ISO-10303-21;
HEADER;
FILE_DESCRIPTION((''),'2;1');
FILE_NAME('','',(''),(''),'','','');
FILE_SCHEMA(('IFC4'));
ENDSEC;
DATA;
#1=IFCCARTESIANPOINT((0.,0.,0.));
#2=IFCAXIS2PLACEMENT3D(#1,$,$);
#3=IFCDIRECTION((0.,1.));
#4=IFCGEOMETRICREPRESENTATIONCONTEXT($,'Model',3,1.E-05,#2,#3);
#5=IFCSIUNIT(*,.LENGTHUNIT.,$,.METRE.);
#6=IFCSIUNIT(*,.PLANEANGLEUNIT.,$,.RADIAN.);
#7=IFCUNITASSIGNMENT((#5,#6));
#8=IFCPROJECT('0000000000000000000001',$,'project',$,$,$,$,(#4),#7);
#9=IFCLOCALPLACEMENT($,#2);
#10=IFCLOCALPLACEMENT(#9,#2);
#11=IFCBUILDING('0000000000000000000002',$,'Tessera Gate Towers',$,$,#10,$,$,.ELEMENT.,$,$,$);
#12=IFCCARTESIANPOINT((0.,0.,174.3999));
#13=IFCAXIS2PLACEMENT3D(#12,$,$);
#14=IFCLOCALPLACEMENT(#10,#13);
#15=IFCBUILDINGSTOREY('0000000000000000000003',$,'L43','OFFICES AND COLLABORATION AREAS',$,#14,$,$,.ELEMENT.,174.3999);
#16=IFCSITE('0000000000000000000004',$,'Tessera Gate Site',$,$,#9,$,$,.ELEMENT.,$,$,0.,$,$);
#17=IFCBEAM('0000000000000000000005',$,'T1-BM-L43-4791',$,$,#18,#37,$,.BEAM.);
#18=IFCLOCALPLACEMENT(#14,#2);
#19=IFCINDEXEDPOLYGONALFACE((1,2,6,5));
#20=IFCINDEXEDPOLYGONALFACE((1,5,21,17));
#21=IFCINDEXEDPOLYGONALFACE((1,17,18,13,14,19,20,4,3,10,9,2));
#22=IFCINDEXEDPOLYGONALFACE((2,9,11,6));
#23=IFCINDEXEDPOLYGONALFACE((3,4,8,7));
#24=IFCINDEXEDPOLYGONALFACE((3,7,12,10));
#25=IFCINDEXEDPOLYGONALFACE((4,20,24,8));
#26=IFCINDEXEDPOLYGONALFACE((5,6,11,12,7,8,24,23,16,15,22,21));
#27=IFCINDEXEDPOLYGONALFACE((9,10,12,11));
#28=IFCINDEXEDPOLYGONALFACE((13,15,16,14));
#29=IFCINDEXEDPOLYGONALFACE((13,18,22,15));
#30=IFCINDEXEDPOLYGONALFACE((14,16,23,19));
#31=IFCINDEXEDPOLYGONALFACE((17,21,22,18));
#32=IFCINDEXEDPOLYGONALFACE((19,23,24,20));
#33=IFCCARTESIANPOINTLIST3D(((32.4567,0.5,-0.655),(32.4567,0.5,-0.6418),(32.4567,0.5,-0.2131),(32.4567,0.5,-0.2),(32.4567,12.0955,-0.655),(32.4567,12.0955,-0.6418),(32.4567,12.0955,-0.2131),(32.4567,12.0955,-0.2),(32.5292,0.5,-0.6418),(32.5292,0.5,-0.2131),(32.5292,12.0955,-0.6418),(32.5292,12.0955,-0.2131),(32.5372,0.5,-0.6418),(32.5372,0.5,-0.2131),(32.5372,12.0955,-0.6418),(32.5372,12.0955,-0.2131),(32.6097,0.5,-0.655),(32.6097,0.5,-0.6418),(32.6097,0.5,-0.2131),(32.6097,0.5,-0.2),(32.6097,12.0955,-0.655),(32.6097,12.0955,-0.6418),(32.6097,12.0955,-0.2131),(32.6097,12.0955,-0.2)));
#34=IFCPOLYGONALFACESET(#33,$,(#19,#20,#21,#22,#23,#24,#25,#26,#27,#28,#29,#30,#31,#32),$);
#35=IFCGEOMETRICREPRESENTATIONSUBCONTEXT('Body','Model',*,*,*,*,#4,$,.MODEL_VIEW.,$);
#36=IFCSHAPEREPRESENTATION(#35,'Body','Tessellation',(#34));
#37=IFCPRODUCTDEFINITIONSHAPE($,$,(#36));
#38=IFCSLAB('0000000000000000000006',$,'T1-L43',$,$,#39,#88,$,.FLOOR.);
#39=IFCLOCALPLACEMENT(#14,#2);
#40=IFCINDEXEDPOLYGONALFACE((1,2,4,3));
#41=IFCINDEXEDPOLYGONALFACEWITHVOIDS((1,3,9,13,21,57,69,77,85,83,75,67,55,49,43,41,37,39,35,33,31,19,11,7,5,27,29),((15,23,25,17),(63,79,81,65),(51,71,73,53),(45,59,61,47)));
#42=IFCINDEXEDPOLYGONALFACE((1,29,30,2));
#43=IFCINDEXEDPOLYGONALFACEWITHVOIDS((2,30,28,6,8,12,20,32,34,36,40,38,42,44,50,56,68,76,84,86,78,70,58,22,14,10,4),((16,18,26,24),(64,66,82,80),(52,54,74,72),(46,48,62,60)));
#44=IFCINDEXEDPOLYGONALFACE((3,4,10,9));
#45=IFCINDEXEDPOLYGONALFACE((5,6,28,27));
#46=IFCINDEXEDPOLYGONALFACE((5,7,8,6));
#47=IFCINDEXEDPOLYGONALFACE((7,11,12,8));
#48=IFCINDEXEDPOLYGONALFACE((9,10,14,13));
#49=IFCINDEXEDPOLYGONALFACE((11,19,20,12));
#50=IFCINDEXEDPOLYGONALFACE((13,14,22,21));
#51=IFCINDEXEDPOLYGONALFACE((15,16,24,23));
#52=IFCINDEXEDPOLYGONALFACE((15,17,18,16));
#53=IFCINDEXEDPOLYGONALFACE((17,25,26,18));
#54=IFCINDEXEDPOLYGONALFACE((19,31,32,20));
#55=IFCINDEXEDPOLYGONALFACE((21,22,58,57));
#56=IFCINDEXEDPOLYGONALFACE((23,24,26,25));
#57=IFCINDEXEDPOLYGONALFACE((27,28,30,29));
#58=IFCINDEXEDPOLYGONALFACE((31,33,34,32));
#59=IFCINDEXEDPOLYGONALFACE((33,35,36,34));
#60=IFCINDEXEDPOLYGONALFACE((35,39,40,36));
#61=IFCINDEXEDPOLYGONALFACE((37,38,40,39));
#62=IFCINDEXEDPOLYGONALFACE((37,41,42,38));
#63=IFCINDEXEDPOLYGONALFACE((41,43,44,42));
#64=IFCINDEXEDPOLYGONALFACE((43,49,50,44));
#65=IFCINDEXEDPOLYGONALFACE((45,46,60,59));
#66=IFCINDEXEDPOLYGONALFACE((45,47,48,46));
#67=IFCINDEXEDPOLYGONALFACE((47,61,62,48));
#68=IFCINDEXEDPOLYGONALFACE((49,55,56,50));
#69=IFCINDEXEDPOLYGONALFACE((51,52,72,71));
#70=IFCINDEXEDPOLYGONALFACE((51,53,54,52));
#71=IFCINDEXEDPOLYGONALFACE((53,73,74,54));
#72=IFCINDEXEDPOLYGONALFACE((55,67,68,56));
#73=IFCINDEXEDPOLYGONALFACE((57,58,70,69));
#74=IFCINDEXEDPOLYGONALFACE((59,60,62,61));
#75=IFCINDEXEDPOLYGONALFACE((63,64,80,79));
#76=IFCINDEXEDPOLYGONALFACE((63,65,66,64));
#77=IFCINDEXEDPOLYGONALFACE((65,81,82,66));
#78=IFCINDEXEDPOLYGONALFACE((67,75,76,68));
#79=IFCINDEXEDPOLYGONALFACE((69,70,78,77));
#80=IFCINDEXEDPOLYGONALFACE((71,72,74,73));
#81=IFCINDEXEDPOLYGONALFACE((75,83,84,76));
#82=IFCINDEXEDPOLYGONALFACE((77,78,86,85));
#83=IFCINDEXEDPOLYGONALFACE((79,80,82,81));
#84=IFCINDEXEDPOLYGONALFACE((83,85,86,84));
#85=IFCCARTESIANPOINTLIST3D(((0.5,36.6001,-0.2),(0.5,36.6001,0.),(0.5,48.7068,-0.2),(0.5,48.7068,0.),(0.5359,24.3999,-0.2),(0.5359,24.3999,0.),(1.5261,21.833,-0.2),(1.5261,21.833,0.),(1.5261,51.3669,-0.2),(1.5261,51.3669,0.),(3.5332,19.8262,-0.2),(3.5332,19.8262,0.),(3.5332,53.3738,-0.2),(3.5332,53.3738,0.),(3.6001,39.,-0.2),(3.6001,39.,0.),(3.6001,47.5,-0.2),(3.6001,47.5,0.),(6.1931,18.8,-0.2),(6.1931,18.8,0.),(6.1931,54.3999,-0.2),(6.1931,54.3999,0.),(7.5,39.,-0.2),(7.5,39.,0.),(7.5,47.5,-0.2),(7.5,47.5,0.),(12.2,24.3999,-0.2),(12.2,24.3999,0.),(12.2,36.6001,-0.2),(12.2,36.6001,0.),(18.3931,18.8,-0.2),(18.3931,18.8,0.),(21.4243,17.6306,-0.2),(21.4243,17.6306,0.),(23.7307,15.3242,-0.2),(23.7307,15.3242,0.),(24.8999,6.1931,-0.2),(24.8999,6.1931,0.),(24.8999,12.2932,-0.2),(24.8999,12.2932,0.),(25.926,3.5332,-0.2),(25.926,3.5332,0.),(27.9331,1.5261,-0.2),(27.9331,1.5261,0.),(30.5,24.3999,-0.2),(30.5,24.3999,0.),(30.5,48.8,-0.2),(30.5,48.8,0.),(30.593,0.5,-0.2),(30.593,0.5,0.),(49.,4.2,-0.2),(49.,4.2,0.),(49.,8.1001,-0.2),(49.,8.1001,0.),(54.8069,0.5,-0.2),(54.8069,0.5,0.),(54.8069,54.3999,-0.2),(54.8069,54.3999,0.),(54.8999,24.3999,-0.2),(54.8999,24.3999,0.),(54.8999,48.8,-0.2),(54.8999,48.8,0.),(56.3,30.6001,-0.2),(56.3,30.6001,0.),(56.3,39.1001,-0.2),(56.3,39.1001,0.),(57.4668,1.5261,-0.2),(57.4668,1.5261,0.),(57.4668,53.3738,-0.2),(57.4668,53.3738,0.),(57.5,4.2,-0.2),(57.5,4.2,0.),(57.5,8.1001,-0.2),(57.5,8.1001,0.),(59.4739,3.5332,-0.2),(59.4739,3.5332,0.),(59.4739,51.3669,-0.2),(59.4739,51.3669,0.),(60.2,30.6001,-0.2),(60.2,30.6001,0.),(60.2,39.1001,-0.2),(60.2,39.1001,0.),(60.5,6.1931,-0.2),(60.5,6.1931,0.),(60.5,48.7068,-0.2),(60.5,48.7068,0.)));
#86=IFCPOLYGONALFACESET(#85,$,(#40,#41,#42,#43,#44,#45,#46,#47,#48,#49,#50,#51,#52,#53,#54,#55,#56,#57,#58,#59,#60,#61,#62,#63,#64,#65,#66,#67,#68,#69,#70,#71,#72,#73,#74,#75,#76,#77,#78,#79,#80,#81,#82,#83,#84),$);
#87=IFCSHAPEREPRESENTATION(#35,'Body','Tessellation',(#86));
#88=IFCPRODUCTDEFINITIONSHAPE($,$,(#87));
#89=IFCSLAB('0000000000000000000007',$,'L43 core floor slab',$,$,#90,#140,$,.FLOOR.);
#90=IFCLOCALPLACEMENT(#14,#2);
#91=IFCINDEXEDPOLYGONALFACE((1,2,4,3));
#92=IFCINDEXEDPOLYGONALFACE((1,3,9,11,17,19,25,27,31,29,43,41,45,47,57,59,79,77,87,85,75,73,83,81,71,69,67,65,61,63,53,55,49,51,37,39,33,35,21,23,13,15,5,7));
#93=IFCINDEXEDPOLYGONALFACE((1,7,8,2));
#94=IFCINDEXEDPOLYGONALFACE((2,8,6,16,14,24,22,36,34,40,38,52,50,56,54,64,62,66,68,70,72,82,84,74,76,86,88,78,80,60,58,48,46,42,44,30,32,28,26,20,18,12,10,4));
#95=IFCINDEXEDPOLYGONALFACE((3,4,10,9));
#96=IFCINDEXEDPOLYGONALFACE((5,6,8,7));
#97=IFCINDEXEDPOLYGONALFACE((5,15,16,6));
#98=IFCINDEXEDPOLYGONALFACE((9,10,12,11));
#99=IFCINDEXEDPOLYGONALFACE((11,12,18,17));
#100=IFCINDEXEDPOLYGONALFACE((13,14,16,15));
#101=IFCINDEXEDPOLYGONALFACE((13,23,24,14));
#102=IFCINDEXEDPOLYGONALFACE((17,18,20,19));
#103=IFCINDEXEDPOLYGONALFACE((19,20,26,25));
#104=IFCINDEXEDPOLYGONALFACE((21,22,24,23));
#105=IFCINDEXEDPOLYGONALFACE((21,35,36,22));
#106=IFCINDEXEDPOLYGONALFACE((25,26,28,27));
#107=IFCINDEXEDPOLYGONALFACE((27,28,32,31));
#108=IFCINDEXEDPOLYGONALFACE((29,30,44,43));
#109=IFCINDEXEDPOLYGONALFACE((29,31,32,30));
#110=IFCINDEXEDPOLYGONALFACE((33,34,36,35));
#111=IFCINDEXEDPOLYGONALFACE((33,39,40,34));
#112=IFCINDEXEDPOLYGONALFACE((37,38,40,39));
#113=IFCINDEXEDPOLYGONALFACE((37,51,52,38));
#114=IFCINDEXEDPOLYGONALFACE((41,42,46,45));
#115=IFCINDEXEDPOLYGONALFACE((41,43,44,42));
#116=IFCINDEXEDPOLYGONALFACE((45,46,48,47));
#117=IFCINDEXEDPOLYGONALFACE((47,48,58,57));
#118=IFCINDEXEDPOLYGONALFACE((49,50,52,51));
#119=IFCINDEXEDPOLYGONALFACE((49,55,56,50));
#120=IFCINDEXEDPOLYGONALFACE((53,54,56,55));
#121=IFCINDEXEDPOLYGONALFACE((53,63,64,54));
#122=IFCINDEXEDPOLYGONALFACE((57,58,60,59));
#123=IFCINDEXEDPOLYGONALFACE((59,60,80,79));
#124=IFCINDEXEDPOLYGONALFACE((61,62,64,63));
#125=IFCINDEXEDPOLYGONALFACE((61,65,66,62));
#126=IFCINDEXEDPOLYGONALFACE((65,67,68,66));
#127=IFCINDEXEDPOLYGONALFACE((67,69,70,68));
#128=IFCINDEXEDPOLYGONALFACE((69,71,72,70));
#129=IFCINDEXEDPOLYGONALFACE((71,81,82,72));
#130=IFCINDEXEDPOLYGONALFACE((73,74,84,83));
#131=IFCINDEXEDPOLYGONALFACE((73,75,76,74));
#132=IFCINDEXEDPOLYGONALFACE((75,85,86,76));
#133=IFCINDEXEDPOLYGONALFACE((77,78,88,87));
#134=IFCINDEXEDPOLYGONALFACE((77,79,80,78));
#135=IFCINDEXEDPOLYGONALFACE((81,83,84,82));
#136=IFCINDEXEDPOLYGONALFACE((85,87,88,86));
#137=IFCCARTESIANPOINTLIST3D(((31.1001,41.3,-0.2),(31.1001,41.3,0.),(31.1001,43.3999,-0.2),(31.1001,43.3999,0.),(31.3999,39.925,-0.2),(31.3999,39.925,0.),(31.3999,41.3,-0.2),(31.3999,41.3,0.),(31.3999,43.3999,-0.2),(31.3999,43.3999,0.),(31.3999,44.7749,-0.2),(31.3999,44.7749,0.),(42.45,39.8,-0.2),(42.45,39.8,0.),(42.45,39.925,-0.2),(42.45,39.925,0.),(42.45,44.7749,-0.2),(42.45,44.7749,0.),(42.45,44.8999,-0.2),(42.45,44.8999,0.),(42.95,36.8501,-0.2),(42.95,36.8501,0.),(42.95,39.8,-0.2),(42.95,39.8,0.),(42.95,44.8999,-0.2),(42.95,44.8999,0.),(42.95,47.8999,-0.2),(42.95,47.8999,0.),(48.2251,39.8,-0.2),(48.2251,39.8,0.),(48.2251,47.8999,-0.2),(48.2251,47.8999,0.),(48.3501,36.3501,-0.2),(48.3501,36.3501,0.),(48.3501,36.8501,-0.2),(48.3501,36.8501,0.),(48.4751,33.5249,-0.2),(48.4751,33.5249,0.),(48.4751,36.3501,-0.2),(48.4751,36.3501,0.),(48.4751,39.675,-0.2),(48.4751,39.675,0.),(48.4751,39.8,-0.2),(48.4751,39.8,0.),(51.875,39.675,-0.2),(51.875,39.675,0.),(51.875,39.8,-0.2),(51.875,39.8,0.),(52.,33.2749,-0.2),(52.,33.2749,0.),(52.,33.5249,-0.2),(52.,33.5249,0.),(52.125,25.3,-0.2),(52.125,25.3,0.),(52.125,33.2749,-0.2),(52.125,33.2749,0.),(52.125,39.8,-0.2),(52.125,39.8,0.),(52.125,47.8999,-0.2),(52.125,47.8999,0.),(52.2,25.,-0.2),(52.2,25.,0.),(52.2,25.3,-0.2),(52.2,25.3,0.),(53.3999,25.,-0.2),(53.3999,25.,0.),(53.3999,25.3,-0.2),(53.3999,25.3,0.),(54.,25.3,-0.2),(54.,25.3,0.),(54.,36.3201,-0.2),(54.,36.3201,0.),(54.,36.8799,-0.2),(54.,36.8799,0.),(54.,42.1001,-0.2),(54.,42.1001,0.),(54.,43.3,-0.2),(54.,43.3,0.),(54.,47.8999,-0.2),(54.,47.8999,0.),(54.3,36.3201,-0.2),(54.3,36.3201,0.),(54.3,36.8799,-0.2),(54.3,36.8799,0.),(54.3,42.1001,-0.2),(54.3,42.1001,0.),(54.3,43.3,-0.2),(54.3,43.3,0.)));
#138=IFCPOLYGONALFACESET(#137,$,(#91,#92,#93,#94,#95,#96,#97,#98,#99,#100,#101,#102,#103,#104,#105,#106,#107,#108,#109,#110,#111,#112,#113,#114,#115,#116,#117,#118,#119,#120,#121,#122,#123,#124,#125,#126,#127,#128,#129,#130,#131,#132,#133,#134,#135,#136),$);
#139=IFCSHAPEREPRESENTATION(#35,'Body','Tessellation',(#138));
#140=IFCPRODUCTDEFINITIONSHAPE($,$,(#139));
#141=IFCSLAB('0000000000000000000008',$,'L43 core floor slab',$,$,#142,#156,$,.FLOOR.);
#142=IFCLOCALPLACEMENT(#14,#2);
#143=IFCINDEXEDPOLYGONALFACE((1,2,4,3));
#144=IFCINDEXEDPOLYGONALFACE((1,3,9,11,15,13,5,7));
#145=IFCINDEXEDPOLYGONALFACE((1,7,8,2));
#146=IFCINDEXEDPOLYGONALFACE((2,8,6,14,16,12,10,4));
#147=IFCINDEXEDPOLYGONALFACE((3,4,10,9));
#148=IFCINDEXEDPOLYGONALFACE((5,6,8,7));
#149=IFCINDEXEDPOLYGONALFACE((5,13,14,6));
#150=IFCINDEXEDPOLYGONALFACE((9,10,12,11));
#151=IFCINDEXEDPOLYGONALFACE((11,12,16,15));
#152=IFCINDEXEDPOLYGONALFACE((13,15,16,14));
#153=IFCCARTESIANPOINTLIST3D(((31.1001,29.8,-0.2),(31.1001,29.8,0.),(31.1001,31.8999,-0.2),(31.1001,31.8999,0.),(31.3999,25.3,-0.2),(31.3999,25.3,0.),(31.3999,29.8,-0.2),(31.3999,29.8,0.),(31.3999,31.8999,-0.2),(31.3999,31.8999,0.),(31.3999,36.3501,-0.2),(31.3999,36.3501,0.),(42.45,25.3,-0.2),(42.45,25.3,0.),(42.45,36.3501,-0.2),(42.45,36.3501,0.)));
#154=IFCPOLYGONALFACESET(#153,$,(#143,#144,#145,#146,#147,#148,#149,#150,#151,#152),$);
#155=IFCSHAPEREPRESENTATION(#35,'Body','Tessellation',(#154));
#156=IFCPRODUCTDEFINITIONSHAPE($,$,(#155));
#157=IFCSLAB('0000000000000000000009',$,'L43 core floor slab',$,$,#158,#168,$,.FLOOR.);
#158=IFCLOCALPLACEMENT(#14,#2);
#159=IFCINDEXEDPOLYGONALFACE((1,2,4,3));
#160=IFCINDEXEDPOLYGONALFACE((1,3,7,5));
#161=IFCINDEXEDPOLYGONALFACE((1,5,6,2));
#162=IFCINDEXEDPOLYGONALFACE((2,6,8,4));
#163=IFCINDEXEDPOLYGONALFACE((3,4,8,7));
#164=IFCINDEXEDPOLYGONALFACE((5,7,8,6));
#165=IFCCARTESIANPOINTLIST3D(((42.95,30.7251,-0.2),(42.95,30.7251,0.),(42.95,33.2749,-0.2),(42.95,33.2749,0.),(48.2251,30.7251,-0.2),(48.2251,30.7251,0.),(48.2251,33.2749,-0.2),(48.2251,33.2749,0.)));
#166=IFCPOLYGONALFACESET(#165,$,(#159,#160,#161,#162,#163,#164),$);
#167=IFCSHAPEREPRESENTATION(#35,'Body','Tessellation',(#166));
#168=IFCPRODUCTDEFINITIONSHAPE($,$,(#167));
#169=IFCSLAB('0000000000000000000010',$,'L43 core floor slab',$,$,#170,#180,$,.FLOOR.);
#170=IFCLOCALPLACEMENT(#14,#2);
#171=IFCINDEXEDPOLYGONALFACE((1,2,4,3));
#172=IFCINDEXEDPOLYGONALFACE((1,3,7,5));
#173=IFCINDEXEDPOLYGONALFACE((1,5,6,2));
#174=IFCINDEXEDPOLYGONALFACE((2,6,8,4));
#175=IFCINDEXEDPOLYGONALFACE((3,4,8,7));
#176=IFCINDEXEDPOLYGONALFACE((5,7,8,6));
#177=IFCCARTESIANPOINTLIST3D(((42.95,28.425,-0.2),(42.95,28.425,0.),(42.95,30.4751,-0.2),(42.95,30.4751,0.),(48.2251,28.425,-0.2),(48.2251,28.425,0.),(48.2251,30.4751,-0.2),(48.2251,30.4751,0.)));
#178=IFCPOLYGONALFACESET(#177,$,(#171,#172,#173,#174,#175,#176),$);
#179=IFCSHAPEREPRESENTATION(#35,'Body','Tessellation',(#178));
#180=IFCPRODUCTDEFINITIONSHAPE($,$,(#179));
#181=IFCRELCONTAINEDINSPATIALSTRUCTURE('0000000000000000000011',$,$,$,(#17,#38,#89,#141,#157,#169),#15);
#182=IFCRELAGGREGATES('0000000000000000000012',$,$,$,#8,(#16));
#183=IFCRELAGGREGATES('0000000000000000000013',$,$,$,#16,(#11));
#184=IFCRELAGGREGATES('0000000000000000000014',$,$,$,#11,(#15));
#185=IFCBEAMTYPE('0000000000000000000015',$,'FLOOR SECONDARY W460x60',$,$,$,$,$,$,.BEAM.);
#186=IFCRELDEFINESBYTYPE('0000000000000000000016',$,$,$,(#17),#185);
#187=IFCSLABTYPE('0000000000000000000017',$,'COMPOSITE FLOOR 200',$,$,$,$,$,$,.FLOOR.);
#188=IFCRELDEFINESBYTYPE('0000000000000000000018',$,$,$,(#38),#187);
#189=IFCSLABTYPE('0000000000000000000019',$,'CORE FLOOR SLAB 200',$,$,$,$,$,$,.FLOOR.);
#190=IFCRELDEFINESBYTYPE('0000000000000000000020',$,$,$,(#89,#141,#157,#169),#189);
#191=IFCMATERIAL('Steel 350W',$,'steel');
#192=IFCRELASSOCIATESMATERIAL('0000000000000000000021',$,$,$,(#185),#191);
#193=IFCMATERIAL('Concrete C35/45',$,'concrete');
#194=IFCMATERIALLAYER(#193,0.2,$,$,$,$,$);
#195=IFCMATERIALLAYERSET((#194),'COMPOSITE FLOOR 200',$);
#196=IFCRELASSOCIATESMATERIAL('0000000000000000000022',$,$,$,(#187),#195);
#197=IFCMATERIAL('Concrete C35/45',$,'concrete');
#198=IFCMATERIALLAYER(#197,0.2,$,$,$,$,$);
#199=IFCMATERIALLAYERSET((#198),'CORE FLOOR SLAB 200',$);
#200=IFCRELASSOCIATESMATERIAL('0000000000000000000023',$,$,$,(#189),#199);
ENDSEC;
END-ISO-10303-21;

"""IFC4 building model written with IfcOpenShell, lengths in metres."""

from ifc_helpers import new_model, si_unit, direction, frame, origin, origin_2d, place, context, subcontext, project, spatial, polyline, i_section, outline, extrude, material, layer, layer_set, material_profile, profile_set, type_object, element, save


model = new_model("IFC4")

# Units and contexts
model_context = context("Model", 3, precision=1e-05, world=origin(), true_north=direction((0.0, 1.0)))
body_context = subcontext(model_context, "Body", "Model", "MODEL_VIEW")
ifc_project = project(units=[si_unit("LENGTHUNIT", "METRE"), si_unit("PLANEANGLEUNIT", "RADIAN")], contexts=[model_context])

# Site, building, storey
site_placement = place(None, origin())
site = spatial("IfcSite", under=ifc_project, at=site_placement, Name="Tessera Gate Site", CompositionType="ELEMENT", RefElevation=0.0)
building_placement = place(site_placement, origin())
building = spatial("IfcBuilding", under=site, at=building_placement, Name="Tessera Gate Towers", CompositionType="ELEMENT")
storey_placement = place(building_placement, frame((0.0, 0.0, 174.3999)))
storey = spatial("IfcBuildingStorey", under=building, at=storey_placement, Name="L43", Description="OFFICES AND COLLABORATION AREAS", CompositionType="ELEMENT", Elevation=174.3999)

# Beam
ifc_material_1 = material(Name="Steel 350W", Category="steel")
ifc_material_profile_1 = material_profile(ifc_material_1, i_section(OverallWidth=0.1531, OverallDepth=0.4551, WebThickness=0.0081, FlangeThickness=0.0132, at=origin_2d()), Name="W460x60")
ifc_profile_set_1 = profile_set([ifc_material_profile_1], Name="Steel 350W")
beam_type_1 = type_object("IfcBeamType", Name="FLOOR SECONDARY W460x60", PredefinedType="BEAM", material=ifc_profile_set_1)
beam_1_placement = place(storey_placement, frame((32.5332, 0.5, -0.4275), z_axis=(0.0, 1.0, 0.0), x_axis=(-1.0, 0.0, 0.0)))
element("IfcBeam", 1, at=beam_1_placement, inside=storey, type_object=beam_type_1, Name="T1-BM-L43-4791", PredefinedType="BEAM", context=body_context, shape_type="SweptSolid", body=[
    extrude(i_section(OverallWidth=0.1531, OverallDepth=0.4551, WebThickness=0.0081, FlangeThickness=0.0132, at=origin_2d()), origin(), (0.0, 0.0, 1.0), 11.5955),
])

# Slabs
ifc_material_2 = material(Name="Concrete C35/45", Category="concrete")
ifc_layer_1 = layer(ifc_material_2, 0.2)
ifc_layer_set_1 = layer_set([ifc_layer_1], Name="COMPOSITE FLOOR 200")
slab_type_1 = type_object("IfcSlabType", Name="COMPOSITE FLOOR 200", PredefinedType="FLOOR", material=ifc_layer_set_1)
slab_1_placement = place(storey_placement, frame((0.0, 0.0, -0.2)))
element("IfcSlab", 2, at=slab_1_placement, inside=storey, type_object=slab_type_1, Name="T1-L43", PredefinedType="FLOOR", context=body_context, shape_type="SweptSolid", body=[
    extrude(outline(polyline([(0.5, 36.6001), (12.2, 36.6001), (12.2, 24.3999), (0.5359, 24.3999), (1.5261, 21.833), (3.5332, 19.8262), (6.1931, 18.8), (18.3931, 18.8), (21.4243, 17.6306), (23.7307, 15.3242), (24.8999, 12.2932), (24.8999, 6.1931), (25.926, 3.5332), (27.9331, 1.5261), (30.593, 0.5), (54.8069, 0.5), (57.4668, 1.5261), (59.4739, 3.5332), (60.5, 6.1931), (60.5, 48.7068), (59.4739, 51.3669), (57.4668, 53.3738), (54.8069, 54.3999), (6.1931, 54.3999), (3.5332, 53.3738), (1.5261, 51.3669), (0.5, 48.7068), (0.5, 36.6001)]), holes=[polyline([(3.6001, 39.0), (3.6001, 47.5), (7.5, 47.5), (7.5, 39.0), (3.6001, 39.0)]), polyline([(30.5, 24.3999), (30.5, 48.8), (54.8999, 48.8), (54.8999, 24.3999), (30.5, 24.3999)]), polyline([(49.0, 4.2), (49.0, 8.1001), (57.5, 8.1001), (57.5, 4.2), (49.0, 4.2)]), polyline([(56.3, 30.6001), (56.3, 39.1001), (60.2, 39.1001), (60.2, 30.6001), (56.3, 30.6001)])]), origin(), (0.0, 0.0, 1.0), 0.2),
])
ifc_material_3 = material(Name="Concrete C35/45", Category="concrete")
ifc_layer_2 = layer(ifc_material_3, 0.2)
ifc_layer_set_2 = layer_set([ifc_layer_2], Name="CORE FLOOR SLAB 200")
slab_type_2 = type_object("IfcSlabType", Name="CORE FLOOR SLAB 200", PredefinedType="FLOOR", material=ifc_layer_set_2)
slab_2_placement = place(storey_placement, frame((0.0, 0.0, -0.2)))
element("IfcSlab", 3, at=slab_2_placement, inside=storey, type_object=slab_type_2, Name="L43 core floor slab", PredefinedType="FLOOR", context=body_context, shape_type="SweptSolid", body=[
    extrude(outline(polyline([(42.45, 44.8999), (42.45, 44.7749), (31.3999, 44.7749), (31.3999, 43.3999), (31.1001, 43.3999), (31.1001, 41.3), (31.3999, 41.3), (31.3999, 39.925), (42.45, 39.925), (42.45, 39.8), (42.95, 39.8), (42.95, 36.8501), (48.3501, 36.8501), (48.3501, 36.3501), (48.4751, 36.3501), (48.4751, 33.5249), (52.0, 33.5249), (52.0, 33.2749), (52.125, 33.2749), (52.125, 25.3), (52.2, 25.3), (52.2, 25.0), (53.3999, 25.0), (53.3999, 25.3), (54.0, 25.3), (54.0, 36.3201), (54.3, 36.3201), (54.3, 36.8799), (54.0, 36.8799), (54.0, 42.1001), (54.3, 42.1001), (54.3, 43.3), (54.0, 43.3), (54.0, 47.8999), (52.125, 47.8999), (52.125, 39.8), (51.875, 39.8), (51.875, 39.675), (48.4751, 39.675), (48.4751, 39.8), (48.2251, 39.8), (48.2251, 47.8999), (42.95, 47.8999), (42.95, 44.8999), (42.45, 44.8999)])), origin(), (0.0, 0.0, 1.0), 0.2),
])
slab_3_placement = place(storey_placement, frame((0.0, 0.0, -0.2)))
element("IfcSlab", 4, at=slab_3_placement, inside=storey, type_object=slab_type_2, Name="L43 core floor slab", PredefinedType="FLOOR", context=body_context, shape_type="SweptSolid", body=[
    extrude(outline(polyline([(31.3999, 36.3501), (31.3999, 31.8999), (31.1001, 31.8999), (31.1001, 29.8), (31.3999, 29.8), (31.3999, 25.3), (42.45, 25.3), (42.45, 36.3501), (31.3999, 36.3501)])), origin(), (0.0, 0.0, 1.0), 0.2),
])
slab_4_placement = place(storey_placement, frame((0.0, 0.0, -0.2)))
element("IfcSlab", 5, at=slab_4_placement, inside=storey, type_object=slab_type_2, Name="L43 core floor slab", PredefinedType="FLOOR", context=body_context, shape_type="SweptSolid", body=[
    extrude(outline(polyline([(42.95, 33.2749), (42.95, 30.7251), (48.2251, 30.7251), (48.2251, 33.2749), (42.95, 33.2749)])), origin(), (0.0, 0.0, 1.0), 0.2),
])
slab_5_placement = place(storey_placement, frame((0.0, 0.0, -0.2)))
element("IfcSlab", 6, at=slab_5_placement, inside=storey, type_object=slab_type_2, Name="L43 core floor slab", PredefinedType="FLOOR", context=body_context, shape_type="SweptSolid", body=[
    extrude(outline(polyline([(48.2251, 30.4751), (42.95, 30.4751), (42.95, 28.425), (48.2251, 28.425), (48.2251, 30.4751)])), origin(), (0.0, 0.0, 1.0), 0.2),
])

save(model, "model.ifc")
